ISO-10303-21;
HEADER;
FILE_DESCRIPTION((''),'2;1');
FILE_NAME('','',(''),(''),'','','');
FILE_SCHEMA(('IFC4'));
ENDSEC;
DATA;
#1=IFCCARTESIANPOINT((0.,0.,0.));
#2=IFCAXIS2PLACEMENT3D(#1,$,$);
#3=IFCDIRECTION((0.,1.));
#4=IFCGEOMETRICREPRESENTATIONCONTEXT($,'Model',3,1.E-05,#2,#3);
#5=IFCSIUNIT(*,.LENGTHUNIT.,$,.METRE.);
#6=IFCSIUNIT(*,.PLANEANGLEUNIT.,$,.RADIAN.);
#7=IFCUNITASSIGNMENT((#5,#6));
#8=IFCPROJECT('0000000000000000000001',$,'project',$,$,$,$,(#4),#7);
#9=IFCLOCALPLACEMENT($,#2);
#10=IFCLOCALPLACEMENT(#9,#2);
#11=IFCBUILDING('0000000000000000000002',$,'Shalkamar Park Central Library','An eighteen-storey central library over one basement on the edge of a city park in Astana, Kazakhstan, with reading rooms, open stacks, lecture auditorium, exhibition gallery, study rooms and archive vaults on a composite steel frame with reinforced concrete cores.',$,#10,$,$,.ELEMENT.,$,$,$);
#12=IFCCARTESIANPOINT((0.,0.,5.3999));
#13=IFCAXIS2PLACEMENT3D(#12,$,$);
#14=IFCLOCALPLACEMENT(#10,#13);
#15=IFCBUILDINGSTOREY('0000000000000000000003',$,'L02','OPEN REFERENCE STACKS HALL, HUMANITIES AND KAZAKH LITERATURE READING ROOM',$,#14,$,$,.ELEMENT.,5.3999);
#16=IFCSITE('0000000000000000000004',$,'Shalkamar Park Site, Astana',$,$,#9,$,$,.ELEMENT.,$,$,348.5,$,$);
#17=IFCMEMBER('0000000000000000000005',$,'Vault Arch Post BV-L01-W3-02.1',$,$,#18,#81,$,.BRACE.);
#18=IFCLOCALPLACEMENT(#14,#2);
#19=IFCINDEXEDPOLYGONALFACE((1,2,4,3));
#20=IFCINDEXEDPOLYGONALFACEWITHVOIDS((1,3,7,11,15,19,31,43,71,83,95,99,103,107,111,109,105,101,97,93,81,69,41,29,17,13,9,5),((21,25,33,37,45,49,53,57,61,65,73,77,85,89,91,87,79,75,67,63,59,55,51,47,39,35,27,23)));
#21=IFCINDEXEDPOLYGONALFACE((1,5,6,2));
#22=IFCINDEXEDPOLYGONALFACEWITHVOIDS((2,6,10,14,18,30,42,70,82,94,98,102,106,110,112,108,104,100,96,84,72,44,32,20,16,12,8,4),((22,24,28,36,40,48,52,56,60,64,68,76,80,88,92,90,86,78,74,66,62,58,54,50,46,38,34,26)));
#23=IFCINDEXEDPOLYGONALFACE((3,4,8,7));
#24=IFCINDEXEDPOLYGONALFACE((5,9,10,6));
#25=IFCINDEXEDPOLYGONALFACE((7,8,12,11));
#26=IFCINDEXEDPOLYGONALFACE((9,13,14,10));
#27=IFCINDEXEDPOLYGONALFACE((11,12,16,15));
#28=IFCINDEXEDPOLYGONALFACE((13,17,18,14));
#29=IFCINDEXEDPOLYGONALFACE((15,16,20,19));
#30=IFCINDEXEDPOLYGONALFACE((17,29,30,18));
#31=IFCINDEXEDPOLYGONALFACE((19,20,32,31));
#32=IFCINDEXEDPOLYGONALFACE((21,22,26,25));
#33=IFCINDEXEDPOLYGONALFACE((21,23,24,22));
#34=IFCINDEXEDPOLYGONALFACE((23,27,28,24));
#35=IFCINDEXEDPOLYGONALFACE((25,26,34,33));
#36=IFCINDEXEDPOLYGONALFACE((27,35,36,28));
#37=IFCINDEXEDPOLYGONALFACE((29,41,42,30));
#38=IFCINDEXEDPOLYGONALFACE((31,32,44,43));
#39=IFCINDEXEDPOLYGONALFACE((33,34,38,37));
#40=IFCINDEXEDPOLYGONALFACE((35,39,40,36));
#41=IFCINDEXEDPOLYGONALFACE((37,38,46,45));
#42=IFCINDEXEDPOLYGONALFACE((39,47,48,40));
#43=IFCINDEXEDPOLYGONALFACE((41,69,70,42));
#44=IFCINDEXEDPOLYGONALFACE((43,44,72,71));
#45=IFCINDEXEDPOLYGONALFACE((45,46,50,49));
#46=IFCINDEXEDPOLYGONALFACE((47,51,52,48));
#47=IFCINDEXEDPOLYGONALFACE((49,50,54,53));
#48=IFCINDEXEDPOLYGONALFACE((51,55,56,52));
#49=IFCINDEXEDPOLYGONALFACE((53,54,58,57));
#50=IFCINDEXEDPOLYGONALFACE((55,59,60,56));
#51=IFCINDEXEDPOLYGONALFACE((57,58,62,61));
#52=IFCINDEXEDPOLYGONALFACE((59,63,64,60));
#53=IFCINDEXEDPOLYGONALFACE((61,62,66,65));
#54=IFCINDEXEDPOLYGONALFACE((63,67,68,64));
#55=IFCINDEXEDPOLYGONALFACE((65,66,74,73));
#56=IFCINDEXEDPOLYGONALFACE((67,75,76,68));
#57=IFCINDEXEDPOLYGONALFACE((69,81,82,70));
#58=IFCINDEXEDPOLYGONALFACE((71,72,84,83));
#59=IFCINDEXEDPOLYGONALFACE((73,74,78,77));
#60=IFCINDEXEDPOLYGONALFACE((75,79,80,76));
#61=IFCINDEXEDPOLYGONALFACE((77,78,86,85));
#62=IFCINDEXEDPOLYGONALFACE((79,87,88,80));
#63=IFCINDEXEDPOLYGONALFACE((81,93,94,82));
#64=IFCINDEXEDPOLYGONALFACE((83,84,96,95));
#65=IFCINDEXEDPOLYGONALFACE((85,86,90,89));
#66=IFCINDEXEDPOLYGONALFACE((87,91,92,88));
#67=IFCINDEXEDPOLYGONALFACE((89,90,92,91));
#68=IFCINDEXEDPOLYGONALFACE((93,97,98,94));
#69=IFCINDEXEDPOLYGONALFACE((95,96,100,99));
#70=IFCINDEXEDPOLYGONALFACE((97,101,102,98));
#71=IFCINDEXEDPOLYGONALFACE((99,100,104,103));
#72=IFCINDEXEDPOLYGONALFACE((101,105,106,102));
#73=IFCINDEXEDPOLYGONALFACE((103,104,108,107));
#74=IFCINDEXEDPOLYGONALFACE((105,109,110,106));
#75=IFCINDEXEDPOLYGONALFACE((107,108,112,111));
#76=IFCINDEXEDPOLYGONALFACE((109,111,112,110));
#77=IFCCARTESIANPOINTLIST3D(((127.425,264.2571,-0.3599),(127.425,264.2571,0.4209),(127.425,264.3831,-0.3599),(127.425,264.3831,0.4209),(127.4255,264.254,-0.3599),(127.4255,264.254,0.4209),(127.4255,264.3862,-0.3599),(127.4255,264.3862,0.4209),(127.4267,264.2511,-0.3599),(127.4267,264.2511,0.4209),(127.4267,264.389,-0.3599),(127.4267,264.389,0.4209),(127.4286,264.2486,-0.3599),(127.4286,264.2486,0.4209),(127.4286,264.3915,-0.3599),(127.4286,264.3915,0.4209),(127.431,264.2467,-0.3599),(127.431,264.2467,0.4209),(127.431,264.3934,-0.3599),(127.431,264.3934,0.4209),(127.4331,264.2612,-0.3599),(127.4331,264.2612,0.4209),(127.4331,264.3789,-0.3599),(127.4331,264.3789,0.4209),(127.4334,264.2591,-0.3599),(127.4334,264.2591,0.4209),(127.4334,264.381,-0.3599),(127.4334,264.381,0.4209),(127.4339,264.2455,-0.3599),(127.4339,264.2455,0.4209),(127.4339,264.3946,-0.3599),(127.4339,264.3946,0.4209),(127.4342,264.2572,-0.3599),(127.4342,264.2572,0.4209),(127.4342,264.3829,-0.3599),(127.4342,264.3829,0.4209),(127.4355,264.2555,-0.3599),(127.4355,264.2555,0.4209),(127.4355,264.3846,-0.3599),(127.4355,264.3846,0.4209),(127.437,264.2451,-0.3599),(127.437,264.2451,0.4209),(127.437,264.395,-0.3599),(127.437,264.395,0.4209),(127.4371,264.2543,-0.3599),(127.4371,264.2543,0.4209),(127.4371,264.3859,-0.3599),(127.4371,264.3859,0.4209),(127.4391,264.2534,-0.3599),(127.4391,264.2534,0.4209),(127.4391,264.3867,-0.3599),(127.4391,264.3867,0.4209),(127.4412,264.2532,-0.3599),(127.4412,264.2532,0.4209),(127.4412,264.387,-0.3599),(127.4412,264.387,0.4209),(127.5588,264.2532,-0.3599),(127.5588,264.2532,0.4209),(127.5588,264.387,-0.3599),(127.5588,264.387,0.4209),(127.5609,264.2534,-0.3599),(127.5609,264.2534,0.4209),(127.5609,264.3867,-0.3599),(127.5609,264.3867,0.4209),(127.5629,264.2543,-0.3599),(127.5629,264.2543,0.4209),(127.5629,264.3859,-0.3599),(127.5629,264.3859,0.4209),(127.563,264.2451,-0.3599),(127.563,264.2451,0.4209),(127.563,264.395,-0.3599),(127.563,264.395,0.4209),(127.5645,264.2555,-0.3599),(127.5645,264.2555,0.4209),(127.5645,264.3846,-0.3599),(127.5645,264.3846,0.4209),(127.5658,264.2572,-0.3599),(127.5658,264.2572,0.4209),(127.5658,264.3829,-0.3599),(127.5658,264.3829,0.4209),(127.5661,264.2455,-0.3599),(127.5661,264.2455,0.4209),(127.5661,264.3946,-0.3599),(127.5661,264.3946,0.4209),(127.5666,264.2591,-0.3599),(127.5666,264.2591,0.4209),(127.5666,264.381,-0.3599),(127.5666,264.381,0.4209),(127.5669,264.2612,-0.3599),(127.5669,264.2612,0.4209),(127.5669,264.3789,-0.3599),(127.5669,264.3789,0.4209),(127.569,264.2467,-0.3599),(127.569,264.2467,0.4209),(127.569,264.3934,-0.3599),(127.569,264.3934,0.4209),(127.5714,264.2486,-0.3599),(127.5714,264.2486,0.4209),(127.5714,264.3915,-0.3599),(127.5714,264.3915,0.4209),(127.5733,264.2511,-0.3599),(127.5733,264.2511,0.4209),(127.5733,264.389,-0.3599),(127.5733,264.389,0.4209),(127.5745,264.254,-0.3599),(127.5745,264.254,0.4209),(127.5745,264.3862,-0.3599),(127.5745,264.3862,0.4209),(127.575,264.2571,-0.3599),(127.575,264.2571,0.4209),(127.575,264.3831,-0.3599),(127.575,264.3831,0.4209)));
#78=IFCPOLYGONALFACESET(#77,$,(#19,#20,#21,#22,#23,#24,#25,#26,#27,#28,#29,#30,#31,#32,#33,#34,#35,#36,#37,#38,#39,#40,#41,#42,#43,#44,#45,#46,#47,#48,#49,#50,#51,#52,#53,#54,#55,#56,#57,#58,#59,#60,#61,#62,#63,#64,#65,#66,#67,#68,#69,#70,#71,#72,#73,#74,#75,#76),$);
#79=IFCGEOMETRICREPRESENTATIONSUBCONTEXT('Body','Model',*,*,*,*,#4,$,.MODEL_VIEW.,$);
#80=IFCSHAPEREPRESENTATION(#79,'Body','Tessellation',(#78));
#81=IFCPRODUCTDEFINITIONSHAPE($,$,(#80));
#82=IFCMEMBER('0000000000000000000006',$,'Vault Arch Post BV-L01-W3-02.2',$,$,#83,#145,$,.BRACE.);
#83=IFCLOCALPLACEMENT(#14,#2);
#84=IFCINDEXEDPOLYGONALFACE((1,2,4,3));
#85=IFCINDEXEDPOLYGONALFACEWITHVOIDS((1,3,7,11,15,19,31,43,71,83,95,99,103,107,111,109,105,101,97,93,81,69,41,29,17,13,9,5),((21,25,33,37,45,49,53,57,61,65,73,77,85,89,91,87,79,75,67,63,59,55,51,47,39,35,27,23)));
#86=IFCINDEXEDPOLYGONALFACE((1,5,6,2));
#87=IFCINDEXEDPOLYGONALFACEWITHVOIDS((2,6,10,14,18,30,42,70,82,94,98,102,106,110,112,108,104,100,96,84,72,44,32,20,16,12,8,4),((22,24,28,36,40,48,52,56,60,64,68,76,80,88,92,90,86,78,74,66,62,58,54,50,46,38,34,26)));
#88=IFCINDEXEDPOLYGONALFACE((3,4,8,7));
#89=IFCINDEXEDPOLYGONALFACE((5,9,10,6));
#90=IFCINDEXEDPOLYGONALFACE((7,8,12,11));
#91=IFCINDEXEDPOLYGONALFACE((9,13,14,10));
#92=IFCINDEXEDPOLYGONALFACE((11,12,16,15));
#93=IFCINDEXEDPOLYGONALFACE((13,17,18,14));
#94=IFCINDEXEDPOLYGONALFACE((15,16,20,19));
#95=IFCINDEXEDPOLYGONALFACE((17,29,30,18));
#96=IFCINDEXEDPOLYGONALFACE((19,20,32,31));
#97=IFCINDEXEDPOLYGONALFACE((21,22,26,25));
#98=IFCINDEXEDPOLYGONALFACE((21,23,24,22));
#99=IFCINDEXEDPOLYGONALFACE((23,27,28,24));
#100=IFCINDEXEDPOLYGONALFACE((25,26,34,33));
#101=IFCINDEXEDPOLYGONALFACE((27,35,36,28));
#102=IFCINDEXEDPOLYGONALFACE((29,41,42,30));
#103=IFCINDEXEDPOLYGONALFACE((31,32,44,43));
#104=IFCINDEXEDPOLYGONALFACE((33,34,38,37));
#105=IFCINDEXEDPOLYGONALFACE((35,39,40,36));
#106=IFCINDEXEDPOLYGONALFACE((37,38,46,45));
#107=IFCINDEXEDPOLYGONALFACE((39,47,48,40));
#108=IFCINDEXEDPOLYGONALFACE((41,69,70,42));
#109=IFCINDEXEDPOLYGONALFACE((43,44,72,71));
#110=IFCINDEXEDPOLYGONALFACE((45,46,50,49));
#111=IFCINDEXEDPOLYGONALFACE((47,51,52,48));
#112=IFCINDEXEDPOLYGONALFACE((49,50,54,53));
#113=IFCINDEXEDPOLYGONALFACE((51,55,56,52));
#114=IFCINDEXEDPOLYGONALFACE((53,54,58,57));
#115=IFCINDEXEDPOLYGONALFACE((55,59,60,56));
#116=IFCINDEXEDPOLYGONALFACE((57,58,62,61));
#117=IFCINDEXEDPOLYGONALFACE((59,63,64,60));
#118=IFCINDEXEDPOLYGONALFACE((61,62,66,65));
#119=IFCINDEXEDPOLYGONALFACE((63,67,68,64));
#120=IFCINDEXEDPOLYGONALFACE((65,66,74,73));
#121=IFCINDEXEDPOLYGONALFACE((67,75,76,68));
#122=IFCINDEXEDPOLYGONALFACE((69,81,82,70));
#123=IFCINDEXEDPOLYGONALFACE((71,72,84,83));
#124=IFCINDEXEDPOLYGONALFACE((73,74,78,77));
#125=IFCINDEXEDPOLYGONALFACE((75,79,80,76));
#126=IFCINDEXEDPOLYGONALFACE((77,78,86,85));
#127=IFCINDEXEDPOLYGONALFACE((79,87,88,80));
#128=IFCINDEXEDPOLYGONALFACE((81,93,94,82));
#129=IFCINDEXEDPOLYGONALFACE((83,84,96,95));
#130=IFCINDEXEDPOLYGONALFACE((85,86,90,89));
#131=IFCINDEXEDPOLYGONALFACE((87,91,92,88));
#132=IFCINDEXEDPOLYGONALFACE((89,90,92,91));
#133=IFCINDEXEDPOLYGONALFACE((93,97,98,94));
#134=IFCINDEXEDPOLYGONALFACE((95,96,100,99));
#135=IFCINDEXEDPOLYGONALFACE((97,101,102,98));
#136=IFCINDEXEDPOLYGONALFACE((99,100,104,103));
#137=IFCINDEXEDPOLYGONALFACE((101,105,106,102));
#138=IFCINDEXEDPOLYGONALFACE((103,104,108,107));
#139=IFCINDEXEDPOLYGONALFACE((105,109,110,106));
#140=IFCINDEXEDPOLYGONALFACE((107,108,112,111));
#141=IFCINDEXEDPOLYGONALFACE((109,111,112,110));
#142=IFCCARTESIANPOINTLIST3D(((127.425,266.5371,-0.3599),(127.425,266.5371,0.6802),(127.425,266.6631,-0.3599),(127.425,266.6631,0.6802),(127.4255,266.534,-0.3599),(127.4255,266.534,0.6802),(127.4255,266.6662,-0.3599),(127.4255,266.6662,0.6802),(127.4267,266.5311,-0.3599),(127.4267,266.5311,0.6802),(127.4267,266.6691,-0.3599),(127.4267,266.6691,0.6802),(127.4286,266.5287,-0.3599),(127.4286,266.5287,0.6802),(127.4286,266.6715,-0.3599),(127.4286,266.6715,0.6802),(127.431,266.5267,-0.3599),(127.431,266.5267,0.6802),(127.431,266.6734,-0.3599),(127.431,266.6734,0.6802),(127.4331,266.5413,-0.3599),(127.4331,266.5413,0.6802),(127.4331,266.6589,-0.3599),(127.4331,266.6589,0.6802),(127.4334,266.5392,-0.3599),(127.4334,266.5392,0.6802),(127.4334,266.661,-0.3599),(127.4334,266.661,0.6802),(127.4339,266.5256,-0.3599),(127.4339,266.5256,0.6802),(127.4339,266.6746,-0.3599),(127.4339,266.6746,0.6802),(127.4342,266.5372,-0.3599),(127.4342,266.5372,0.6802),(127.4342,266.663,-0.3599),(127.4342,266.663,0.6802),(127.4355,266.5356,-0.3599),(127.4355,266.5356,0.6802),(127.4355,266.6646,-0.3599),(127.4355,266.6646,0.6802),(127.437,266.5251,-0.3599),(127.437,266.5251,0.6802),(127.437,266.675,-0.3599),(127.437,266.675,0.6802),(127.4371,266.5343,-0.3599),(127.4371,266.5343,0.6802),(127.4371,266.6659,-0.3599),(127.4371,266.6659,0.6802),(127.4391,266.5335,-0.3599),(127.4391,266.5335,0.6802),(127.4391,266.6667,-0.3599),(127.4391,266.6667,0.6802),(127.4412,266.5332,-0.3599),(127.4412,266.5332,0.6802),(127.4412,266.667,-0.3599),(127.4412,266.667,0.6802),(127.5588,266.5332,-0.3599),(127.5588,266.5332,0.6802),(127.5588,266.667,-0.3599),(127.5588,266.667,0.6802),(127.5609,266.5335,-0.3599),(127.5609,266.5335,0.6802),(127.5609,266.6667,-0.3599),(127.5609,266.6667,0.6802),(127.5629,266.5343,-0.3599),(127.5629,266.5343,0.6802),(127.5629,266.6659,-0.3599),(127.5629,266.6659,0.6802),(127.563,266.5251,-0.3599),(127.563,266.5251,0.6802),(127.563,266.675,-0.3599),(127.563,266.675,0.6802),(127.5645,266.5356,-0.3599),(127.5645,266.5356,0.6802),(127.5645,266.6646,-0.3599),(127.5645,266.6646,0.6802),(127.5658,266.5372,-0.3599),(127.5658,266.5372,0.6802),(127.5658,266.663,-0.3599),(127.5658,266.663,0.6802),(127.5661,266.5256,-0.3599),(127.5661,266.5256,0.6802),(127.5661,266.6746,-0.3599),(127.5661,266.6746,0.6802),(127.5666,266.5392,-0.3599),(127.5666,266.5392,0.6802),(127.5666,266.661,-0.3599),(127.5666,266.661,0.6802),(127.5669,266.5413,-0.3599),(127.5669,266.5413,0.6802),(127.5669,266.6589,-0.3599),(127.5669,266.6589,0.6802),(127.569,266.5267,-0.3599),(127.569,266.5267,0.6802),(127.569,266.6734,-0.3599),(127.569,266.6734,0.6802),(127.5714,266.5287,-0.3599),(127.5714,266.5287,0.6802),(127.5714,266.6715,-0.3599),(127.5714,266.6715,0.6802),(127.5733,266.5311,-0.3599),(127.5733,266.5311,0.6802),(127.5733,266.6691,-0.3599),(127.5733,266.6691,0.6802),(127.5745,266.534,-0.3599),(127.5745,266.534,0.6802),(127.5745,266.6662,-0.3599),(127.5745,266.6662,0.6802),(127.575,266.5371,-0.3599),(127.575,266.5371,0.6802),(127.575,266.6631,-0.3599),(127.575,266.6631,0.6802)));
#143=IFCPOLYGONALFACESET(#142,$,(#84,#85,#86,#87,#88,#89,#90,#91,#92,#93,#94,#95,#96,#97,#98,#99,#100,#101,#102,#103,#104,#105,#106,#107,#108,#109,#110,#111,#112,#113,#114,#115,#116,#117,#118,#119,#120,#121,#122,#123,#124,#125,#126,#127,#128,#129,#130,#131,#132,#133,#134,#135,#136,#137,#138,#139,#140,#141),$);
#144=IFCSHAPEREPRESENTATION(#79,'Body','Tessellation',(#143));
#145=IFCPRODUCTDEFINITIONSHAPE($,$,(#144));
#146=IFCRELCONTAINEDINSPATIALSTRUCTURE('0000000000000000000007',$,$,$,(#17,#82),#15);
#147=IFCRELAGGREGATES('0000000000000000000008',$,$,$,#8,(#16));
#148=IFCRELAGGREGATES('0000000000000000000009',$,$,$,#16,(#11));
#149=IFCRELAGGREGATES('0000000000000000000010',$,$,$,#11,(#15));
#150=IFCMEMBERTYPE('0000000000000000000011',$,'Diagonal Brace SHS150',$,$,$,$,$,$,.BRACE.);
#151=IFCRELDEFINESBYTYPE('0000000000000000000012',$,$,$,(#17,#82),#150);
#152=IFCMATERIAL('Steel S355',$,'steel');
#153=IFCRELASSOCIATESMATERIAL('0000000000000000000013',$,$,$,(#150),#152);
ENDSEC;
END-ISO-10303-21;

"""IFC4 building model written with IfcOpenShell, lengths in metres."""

from ifc_helpers import new_model, si_unit, direction, frame, origin, origin_2d, place, context, subcontext, project, spatial, hollow_rectangle, extrude, material, material_profile, profile_set, type_object, element, save


model = new_model("IFC4")

# Units and contexts
model_context = context("Model", 3, precision=1e-05, world=origin(), true_north=direction((0.0, 1.0)))
body_context = subcontext(model_context, "Body", "Model", "MODEL_VIEW")
ifc_project = project(units=[si_unit("LENGTHUNIT", "METRE"), si_unit("PLANEANGLEUNIT", "RADIAN")], contexts=[model_context])

# Site, building, storey
site_placement = place(None, origin())
site = spatial("IfcSite", under=ifc_project, at=site_placement, Name="Shalkamar Park Site, Astana", CompositionType="ELEMENT", RefElevation=348.5)
building_placement = place(site_placement, origin())
building = spatial("IfcBuilding", under=site, at=building_placement, Name="Shalkamar Park Central Library", Description="An eighteen-storey central library over one basement on the edge of a city park in Astana, Kazakhstan, with reading rooms, open stacks, lecture auditorium, exhibition gallery, study rooms and archive vaults on a composite steel frame with reinforced concrete cores.", CompositionType="ELEMENT")
storey_placement = place(building_placement, frame((0.0, 0.0, 5.3999)))
storey = spatial("IfcBuildingStorey", under=building, at=storey_placement, Name="L02", Description="OPEN REFERENCE STACKS HALL, HUMANITIES AND KAZAKH LITERATURE READING ROOM", CompositionType="ELEMENT", Elevation=5.3999)

# Members
ifc_material_1 = material(Name="Steel S355", Category="steel")
ifc_material_profile_1 = material_profile(ifc_material_1, hollow_rectangle(XDim=0.1499, YDim=0.1499, WallThickness=0.0081, InnerFilletRadius=0.0081, OuterFilletRadius=0.012, at=origin_2d()), Name="SHS 150x150x8")
ifc_profile_set_1 = profile_set([ifc_material_profile_1], Name="Steel S355")
member_type_1 = type_object("IfcMemberType", Name="Diagonal Brace SHS150", PredefinedType="BRACE", material=ifc_profile_set_1)
for number, where, z_axis, x_axis, name in (
    (1, (127.5, 264.3201, -0.3599), (0.0, 0.0, 1.0), (1.0, 0.0, 0.0), "Vault Arch Post BV-L01-W3-02.1"),
):
    element("IfcMember", number, at=place(storey_placement, frame(where, z_axis=z_axis, x_axis=x_axis)), inside=storey, type_object=member_type_1, Name=name, PredefinedType="BRACE", context=body_context, shape_type="SweptSolid", body=[
        extrude(hollow_rectangle(XDim=0.1499, YDim=0.1499, WallThickness=0.0081, InnerFilletRadius=0.0081, OuterFilletRadius=0.012, at=origin_2d()), origin(), (0.0, 0.0, 1.0), 0.7808),
    ])
member_1_placement = place(storey_placement, frame((127.5, 266.6001, -0.3599), z_axis=(0.0, 0.0, 1.0), x_axis=(1.0, 0.0, 0.0)))
element("IfcMember", 2, at=member_1_placement, inside=storey, type_object=member_type_1, Name="Vault Arch Post BV-L01-W3-02.2", PredefinedType="BRACE", context=body_context, shape_type="SweptSolid", body=[
    extrude(hollow_rectangle(XDim=0.1499, YDim=0.1499, WallThickness=0.0081, InnerFilletRadius=0.0081, OuterFilletRadius=0.012, at=origin_2d()), origin(), (0.0, 0.0, 1.0), 1.04),
])

save(model, "model.ifc")
